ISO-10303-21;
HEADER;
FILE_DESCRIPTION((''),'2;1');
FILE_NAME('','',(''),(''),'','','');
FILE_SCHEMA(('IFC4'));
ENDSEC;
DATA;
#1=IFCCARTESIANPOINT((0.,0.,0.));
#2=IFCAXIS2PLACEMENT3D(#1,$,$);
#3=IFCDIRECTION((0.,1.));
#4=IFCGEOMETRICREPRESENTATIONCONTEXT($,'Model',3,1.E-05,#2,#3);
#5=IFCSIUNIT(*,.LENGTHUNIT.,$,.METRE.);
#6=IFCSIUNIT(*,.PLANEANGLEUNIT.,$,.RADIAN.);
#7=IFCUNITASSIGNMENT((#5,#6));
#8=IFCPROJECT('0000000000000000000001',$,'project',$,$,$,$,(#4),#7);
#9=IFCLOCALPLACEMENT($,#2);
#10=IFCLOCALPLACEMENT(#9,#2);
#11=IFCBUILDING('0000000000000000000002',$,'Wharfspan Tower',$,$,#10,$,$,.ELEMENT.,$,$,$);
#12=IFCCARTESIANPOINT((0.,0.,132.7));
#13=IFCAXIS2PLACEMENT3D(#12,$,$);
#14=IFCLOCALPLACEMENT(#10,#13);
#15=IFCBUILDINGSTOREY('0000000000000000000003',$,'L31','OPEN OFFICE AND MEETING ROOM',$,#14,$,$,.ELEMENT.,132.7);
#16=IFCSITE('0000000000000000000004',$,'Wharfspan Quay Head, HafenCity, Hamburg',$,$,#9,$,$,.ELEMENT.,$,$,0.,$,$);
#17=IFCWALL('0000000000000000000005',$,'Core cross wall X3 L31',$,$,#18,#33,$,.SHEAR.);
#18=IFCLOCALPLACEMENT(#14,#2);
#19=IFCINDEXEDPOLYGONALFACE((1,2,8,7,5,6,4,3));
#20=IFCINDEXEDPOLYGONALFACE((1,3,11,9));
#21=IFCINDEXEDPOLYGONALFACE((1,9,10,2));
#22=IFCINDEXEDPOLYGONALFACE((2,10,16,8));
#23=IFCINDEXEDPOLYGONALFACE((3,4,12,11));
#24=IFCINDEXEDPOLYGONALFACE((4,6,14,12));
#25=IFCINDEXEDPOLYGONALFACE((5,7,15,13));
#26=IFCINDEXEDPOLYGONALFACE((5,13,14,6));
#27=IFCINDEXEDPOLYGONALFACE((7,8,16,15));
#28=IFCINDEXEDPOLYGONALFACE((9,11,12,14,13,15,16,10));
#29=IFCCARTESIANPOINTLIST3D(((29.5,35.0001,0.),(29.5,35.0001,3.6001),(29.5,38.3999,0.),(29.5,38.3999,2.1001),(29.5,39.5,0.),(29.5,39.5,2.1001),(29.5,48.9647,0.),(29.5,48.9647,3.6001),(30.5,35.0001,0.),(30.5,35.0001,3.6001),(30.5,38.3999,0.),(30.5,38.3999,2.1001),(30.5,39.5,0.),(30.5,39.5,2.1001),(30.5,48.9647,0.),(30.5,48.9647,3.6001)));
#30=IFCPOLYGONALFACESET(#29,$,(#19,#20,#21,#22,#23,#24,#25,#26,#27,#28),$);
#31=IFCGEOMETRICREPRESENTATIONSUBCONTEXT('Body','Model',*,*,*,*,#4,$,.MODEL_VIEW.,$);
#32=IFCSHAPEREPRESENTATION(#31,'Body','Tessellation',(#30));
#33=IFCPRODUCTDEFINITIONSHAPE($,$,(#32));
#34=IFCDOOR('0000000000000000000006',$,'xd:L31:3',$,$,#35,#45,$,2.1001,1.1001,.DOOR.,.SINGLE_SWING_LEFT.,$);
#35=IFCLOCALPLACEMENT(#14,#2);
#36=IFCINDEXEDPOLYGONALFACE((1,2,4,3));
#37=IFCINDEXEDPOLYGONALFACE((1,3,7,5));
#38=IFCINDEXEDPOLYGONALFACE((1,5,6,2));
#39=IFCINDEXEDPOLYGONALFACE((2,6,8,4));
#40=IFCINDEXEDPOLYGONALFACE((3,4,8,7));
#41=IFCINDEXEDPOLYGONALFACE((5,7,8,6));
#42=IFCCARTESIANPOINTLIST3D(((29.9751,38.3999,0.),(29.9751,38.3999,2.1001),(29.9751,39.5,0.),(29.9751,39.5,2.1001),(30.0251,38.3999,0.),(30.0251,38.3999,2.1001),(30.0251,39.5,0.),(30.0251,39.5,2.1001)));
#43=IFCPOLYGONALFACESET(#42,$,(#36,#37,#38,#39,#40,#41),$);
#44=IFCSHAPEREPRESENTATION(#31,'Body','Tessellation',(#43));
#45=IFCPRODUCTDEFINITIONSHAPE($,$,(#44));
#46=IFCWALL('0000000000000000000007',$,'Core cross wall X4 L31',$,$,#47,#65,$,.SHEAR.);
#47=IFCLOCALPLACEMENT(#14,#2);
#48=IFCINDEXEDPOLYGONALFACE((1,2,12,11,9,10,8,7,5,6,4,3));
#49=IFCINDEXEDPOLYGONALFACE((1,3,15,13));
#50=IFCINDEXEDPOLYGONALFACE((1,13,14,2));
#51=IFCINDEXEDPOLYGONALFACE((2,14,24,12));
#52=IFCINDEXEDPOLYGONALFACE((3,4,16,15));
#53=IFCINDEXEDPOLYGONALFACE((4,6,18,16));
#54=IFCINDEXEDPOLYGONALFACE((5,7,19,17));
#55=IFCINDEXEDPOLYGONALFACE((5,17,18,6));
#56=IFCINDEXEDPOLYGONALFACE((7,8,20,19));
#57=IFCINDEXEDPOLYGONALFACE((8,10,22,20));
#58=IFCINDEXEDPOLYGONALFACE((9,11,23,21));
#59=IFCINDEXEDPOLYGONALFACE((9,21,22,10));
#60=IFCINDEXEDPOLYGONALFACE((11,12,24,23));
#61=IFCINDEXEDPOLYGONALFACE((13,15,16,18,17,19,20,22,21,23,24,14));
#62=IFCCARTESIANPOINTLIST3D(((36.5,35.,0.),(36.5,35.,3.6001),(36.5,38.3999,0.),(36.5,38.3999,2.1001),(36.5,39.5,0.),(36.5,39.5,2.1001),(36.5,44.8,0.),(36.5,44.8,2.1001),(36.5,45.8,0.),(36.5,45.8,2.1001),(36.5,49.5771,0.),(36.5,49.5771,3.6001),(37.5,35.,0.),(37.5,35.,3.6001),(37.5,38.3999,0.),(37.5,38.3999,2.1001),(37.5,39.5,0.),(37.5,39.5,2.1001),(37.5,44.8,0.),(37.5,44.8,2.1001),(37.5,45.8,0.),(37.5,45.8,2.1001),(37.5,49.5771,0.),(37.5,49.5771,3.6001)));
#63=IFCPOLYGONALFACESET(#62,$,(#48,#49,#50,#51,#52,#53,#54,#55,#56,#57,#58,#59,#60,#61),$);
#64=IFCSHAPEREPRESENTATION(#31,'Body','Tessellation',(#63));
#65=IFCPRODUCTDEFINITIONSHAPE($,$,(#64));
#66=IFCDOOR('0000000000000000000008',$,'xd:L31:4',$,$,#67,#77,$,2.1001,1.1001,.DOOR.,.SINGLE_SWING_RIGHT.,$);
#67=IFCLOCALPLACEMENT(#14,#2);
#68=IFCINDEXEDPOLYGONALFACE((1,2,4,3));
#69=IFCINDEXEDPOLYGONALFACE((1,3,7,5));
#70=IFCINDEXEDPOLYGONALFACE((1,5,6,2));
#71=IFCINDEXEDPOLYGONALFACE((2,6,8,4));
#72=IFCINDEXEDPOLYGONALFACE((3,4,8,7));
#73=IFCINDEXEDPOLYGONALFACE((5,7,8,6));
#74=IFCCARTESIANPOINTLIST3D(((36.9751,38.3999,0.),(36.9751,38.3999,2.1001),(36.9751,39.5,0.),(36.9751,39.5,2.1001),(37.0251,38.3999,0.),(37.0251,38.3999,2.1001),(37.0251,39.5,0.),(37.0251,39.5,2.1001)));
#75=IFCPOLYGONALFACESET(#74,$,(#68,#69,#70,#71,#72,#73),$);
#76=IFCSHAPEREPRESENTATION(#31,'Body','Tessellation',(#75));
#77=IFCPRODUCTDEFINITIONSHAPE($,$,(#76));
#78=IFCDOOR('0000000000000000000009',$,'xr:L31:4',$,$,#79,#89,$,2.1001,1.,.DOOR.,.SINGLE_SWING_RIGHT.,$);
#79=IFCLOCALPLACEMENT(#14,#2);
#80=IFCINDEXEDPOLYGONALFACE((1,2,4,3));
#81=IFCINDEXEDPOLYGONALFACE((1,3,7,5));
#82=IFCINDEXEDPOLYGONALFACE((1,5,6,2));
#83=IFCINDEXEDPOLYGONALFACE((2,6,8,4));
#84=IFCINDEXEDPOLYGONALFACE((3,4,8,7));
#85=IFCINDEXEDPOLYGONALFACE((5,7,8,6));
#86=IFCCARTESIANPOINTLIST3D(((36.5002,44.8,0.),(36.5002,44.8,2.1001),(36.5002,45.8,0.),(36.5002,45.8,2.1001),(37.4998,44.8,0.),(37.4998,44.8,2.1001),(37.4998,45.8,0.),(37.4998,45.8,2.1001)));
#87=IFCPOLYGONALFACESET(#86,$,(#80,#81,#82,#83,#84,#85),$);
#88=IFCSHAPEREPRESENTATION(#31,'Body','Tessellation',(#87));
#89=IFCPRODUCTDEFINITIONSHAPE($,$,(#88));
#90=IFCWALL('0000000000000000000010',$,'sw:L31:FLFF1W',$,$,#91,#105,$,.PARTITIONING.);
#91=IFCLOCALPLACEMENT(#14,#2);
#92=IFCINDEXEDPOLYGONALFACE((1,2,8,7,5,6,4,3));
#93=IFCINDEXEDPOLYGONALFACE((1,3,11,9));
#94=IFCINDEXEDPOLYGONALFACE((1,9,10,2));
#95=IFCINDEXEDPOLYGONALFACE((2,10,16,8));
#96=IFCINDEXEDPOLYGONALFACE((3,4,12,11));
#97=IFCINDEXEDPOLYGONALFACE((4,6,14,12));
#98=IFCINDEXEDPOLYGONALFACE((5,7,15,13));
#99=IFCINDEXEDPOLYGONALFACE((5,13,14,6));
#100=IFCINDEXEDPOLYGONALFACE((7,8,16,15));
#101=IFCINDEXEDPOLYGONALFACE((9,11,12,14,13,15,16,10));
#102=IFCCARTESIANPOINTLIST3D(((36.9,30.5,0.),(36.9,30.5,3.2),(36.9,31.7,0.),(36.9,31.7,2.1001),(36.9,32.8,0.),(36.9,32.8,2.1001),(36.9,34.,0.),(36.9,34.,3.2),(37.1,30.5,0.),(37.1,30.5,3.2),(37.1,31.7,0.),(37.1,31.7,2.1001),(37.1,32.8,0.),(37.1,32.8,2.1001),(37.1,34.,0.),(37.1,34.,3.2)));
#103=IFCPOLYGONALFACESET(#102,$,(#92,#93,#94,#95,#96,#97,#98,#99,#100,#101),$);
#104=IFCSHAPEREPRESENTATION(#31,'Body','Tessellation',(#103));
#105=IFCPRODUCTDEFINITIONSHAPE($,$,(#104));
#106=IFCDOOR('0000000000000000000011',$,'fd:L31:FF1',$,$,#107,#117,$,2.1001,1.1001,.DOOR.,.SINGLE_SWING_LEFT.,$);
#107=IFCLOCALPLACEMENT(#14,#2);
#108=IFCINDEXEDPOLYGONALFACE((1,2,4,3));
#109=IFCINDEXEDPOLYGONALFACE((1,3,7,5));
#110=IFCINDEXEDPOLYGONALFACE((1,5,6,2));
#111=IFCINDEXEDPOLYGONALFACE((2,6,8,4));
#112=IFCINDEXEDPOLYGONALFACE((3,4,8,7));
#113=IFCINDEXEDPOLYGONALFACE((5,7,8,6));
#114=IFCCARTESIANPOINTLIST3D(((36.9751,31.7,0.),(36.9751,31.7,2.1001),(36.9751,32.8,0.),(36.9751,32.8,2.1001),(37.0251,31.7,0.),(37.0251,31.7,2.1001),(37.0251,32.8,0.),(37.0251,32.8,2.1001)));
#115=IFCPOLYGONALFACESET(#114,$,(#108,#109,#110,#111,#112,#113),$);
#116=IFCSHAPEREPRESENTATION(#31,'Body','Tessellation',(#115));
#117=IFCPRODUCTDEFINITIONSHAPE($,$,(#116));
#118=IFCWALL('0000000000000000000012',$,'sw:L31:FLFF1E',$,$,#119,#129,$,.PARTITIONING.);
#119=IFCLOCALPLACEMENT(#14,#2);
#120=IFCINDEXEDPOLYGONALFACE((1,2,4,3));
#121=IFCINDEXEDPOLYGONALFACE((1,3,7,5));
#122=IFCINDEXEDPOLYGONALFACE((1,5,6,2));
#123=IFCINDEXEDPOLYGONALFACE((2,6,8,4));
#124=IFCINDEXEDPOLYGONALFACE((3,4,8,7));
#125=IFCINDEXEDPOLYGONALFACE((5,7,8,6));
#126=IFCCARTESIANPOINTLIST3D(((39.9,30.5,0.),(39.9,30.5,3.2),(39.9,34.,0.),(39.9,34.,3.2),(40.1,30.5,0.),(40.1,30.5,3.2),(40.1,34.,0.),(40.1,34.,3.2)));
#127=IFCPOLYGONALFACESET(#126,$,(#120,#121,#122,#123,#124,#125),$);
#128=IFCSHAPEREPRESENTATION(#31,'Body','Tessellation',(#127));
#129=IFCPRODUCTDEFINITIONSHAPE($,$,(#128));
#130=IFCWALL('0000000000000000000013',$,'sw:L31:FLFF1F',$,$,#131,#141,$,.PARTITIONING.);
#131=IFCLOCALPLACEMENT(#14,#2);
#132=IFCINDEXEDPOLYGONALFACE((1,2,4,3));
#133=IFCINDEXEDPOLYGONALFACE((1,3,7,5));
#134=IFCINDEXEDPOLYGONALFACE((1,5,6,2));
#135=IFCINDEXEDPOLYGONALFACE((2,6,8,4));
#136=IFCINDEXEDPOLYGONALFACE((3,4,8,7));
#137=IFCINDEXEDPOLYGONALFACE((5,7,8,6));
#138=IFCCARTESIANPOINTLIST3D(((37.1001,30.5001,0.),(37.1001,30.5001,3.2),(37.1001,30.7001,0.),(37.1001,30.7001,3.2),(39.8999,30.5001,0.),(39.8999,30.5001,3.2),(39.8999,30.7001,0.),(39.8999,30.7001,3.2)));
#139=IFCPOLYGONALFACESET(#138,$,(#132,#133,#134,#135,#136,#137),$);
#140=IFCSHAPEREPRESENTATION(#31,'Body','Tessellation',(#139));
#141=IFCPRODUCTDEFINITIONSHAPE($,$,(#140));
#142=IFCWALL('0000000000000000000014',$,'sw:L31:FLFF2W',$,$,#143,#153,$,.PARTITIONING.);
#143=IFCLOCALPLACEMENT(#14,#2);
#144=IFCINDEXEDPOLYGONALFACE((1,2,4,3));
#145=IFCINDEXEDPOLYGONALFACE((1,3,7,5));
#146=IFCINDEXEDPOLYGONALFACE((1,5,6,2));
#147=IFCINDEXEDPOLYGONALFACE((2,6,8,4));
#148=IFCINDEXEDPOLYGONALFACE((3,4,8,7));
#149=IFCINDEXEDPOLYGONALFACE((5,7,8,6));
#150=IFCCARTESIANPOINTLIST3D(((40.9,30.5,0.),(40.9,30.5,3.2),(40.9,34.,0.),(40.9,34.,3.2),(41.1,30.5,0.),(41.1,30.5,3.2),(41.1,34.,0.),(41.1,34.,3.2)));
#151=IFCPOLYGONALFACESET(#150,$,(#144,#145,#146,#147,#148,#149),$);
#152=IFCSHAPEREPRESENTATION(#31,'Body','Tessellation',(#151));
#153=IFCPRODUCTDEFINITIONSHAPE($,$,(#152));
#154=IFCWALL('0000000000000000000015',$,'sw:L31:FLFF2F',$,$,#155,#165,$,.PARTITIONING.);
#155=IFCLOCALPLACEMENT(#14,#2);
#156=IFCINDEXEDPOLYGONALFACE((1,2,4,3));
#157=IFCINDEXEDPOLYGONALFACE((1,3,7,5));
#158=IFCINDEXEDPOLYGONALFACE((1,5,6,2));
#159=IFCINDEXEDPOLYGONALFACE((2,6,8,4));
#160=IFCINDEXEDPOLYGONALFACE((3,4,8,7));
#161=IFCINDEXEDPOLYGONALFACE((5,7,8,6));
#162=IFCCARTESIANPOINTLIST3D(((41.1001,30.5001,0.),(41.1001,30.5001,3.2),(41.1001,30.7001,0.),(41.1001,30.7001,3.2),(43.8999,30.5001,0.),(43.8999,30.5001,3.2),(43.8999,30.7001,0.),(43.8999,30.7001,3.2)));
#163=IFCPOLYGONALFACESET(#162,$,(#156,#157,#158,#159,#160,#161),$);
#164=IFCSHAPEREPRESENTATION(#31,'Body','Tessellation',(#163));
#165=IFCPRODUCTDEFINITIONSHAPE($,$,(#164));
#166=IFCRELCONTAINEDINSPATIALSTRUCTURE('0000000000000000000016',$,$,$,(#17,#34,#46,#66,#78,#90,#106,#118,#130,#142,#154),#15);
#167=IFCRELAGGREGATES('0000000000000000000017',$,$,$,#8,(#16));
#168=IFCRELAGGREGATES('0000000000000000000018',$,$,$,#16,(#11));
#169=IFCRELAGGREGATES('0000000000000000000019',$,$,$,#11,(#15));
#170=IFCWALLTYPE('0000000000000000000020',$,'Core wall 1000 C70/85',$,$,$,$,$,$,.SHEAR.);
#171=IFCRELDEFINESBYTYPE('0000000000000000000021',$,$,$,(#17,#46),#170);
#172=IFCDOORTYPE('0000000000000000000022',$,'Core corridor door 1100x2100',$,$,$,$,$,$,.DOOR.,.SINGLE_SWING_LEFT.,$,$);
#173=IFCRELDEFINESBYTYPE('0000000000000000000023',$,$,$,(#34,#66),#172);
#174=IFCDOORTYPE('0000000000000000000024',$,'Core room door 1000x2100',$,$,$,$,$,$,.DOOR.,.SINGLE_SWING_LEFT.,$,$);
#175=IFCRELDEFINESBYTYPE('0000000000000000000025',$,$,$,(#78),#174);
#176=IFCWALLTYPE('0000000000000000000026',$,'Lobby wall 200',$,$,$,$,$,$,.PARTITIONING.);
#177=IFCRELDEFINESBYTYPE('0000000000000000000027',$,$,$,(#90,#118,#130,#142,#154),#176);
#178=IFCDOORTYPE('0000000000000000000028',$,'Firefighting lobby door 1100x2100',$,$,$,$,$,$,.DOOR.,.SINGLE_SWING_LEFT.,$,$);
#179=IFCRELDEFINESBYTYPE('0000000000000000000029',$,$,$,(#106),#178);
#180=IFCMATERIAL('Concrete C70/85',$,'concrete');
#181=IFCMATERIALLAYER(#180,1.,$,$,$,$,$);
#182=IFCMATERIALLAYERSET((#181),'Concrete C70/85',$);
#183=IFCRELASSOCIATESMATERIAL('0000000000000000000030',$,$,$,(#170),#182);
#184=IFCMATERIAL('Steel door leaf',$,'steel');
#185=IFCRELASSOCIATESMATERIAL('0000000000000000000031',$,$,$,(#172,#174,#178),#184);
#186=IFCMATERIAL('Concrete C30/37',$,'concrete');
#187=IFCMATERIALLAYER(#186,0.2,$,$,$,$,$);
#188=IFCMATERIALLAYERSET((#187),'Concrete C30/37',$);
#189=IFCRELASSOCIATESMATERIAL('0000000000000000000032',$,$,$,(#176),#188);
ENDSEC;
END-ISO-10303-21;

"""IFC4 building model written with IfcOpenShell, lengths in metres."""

from ifc_helpers import new_model, si_unit, direction, frame, frame_2d, origin, place, context, subcontext, project, spatial, rectangle, extrude, material, layer, layer_set, type_object, element, fill, save


model = new_model("IFC4")

# Units and contexts
model_context = context("Model", 3, precision=1e-05, world=origin(), true_north=direction((0.0, 1.0)))
body_context = subcontext(model_context, "Body", "Model", "MODEL_VIEW")
ifc_project = project(units=[si_unit("LENGTHUNIT", "METRE"), si_unit("PLANEANGLEUNIT", "RADIAN")], contexts=[model_context])

# Site, building, storey
site_placement = place(None, origin())
site = spatial("IfcSite", under=ifc_project, at=site_placement, Name="Wharfspan Quay Head, HafenCity, Hamburg", CompositionType="ELEMENT", RefElevation=0.0)
building_placement = place(site_placement, origin())
building = spatial("IfcBuilding", under=site, at=building_placement, Name="Wharfspan Tower", CompositionType="ELEMENT")
storey_placement = place(building_placement, frame((0.0, 0.0, 132.7)))
storey = spatial("IfcBuildingStorey", under=building, at=storey_placement, Name="L31", Description="OPEN OFFICE AND MEETING ROOM", CompositionType="ELEMENT", Elevation=132.7)

# Shared definitions
ifc_material_1 = material(Name="Concrete C70/85", Category="concrete")
ifc_layer_1 = layer(ifc_material_1, 1.0)
ifc_layer_set_1 = layer_set([ifc_layer_1], Name="Concrete C70/85")
wall_type_1 = type_object("IfcWallType", Name="Core wall 1000 C70/85", PredefinedType="SHEAR", material=ifc_layer_set_1)
ifc_material_2 = material(Name="Steel door leaf", Category="steel")
door_type_1 = type_object("IfcDoorType", Name="Core corridor door 1100x2100", OperationType="SINGLE_SWING_LEFT", PredefinedType="DOOR", material=ifc_material_2)
door_type_2 = type_object("IfcDoorType", Name="Core room door 1000x2100", OperationType="SINGLE_SWING_LEFT", PredefinedType="DOOR", material=ifc_material_2)

# Wall, opening, door
wall_1_placement = place(storey_placement, frame((30.0, 35.0, 0.0), z_axis=(0.0, 0.0, 1.0), x_axis=(0.0, 1.0, 0.0)))
wall_1 = element("IfcWall", 1, at=wall_1_placement, inside=storey, type_object=wall_type_1, Name="Core cross wall X3 L31", PredefinedType="SHEAR", context=body_context, shape_type="SweptSolid", body=[
    extrude(rectangle(XDim=13.9646, YDim=1.0, at=frame_2d((6.9824, 0.0))), origin(), (0.0, 0.0, 1.0), 3.6001),
])
opening_1_placement = place(wall_1_placement, frame((3.3999, 0.0, 0.0)))
opening_1 = element("IfcOpeningElement", 2, at=opening_1_placement, cuts=wall_1, PredefinedType="OPENING", context=body_context, shape_type="SweptSolid", body=[
    extrude(rectangle(XDim=1.1001, YDim=2.1001, at=frame_2d((0.55, 1.05))), frame((0.0, 0.51, 0.0), z_axis=(0.0, -1.0, 0.0), x_axis=(1.0, 0.0, 0.0)), (0.0, 0.0, 1.0), 1.02),
])
door_1_placement = place(opening_1_placement, origin())
door_1 = element("IfcDoor", 3, at=door_1_placement, inside=storey, type_object=door_type_1, Name="xd:L31:3", OperationType="SINGLE_SWING_LEFT", OverallHeight=2.1001, OverallWidth=1.1001, PredefinedType="DOOR", context=body_context, shape_type="SweptSolid", body=[
    extrude(rectangle(XDim=1.1001, YDim=2.1001, at=frame_2d((0.55, 1.05))), frame((0.0, 0.0249, 0.0), z_axis=(0.0, -1.0, 0.0), x_axis=(1.0, 0.0, 0.0)), (0.0, 0.0, 1.0), 0.05),
])
fill(opening_1, door_1)

# Wall, openings, doors
wall_2_placement = place(storey_placement, frame((37.0, 35.0, 0.0), z_axis=(0.0, 0.0, 1.0), x_axis=(0.0, 1.0, 0.0)))
wall_2 = element("IfcWall", 4, at=wall_2_placement, inside=storey, type_object=wall_type_1, Name="Core cross wall X4 L31", PredefinedType="SHEAR", context=body_context, shape_type="SweptSolid", body=[
    extrude(rectangle(XDim=14.5771, YDim=1.0, at=frame_2d((7.2886, 0.0))), origin(), (0.0, 0.0, 1.0), 3.6001),
])
opening_2_placement = place(wall_2_placement, frame((3.3999, 0.0, 0.0)))
opening_2 = element("IfcOpeningElement", 5, at=opening_2_placement, cuts=wall_2, PredefinedType="OPENING", context=body_context, shape_type="SweptSolid", body=[
    extrude(rectangle(XDim=1.1001, YDim=2.1001, at=frame_2d((0.55, 1.05))), frame((0.0, 0.51, 0.0), z_axis=(0.0, -1.0, 0.0), x_axis=(1.0, 0.0, 0.0)), (0.0, 0.0, 1.0), 1.02),
])
opening_3_placement = place(wall_2_placement, frame((9.8, 0.0, 0.0)))
opening_3 = element("IfcOpeningElement", 6, at=opening_3_placement, cuts=wall_2, PredefinedType="OPENING", context=body_context, shape_type="SweptSolid", body=[
    extrude(rectangle(XDim=1.0, YDim=2.1001, at=frame_2d((0.5, 1.05))), frame((0.0, 0.51, 0.0), z_axis=(0.0, -1.0, 0.0), x_axis=(1.0, 0.0, 0.0)), (0.0, 0.0, 1.0), 1.02),
])
door_2_placement = place(opening_2_placement, origin())
door_2 = element("IfcDoor", 7, at=door_2_placement, inside=storey, type_object=door_type_1, Name="xd:L31:4", OperationType="SINGLE_SWING_RIGHT", OverallHeight=2.1001, OverallWidth=1.1001, PredefinedType="DOOR", context=body_context, shape_type="SweptSolid", body=[
    extrude(rectangle(XDim=1.1001, YDim=2.1001, at=frame_2d((0.55, 1.05))), frame((0.0, 0.0249, 0.0), z_axis=(0.0, -1.0, 0.0), x_axis=(1.0, 0.0, 0.0)), (0.0, 0.0, 1.0), 0.05),
])
fill(opening_2, door_2)
door_3_placement = place(opening_3_placement, origin())
door_3 = element("IfcDoor", 8, at=door_3_placement, inside=storey, type_object=door_type_2, Name="xr:L31:4", OperationType="SINGLE_SWING_RIGHT", OverallHeight=2.1001, OverallWidth=1.0, PredefinedType="DOOR", context=body_context, shape_type="SweptSolid", body=[
    extrude(rectangle(XDim=1.0, YDim=2.1001, at=frame_2d((0.5, 1.05))), frame((0.0, 0.4998, 0.0), z_axis=(0.0, -1.0, 0.0), x_axis=(1.0, 0.0, 0.0)), (0.0, 0.0, 1.0), 0.9995),
])
fill(opening_3, door_3)

# Wall, opening, door
ifc_material_3 = material(Name="Concrete C30/37", Category="concrete")
ifc_layer_2 = layer(ifc_material_3, 0.2)
ifc_layer_set_2 = layer_set([ifc_layer_2], Name="Concrete C30/37")
wall_type_2 = type_object("IfcWallType", Name="Lobby wall 200", PredefinedType="PARTITIONING", material=ifc_layer_set_2)
wall_3_placement = place(storey_placement, frame((37.0, 30.5, 0.0), z_axis=(0.0, 0.0, 1.0), x_axis=(0.0, 1.0, 0.0)))
wall_3 = element("IfcWall", 9, at=wall_3_placement, inside=storey, type_object=wall_type_2, Name="sw:L31:FLFF1W", PredefinedType="PARTITIONING", context=body_context, shape_type="SweptSolid", body=[
    extrude(rectangle(XDim=3.5, YDim=0.2, at=frame_2d((1.75, 0.0))), origin(), (0.0, 0.0, 1.0), 3.2),
])
opening_4_placement = place(wall_3_placement, frame((1.2, 0.0, 0.0)))
opening_4 = element("IfcOpeningElement", 10, at=opening_4_placement, cuts=wall_3, PredefinedType="OPENING", context=body_context, shape_type="SweptSolid", body=[
    extrude(rectangle(XDim=1.1001, YDim=2.1001, at=frame_2d((0.55, 1.05))), frame((0.0, 0.1099, 0.0), z_axis=(0.0, -1.0, 0.0), x_axis=(1.0, 0.0, 0.0)), (0.0, 0.0, 1.0), 0.22),
])
door_type_3 = type_object("IfcDoorType", Name="Firefighting lobby door 1100x2100", OperationType="SINGLE_SWING_LEFT", PredefinedType="DOOR", material=ifc_material_2)
door_4_placement = place(opening_4_placement, origin())
door_4 = element("IfcDoor", 11, at=door_4_placement, inside=storey, type_object=door_type_3, Name="fd:L31:FF1", OperationType="SINGLE_SWING_LEFT", OverallHeight=2.1001, OverallWidth=1.1001, PredefinedType="DOOR", context=body_context, shape_type="SweptSolid", body=[
    extrude(rectangle(XDim=1.1001, YDim=2.1001, at=frame_2d((0.55, 1.05))), frame((0.0, 0.0249, 0.0), z_axis=(0.0, -1.0, 0.0), x_axis=(1.0, 0.0, 0.0)), (0.0, 0.0, 1.0), 0.05),
])
fill(opening_4, door_4)

# Walls
wall_4_placement = place(storey_placement, frame((40.0, 30.5, 0.0), z_axis=(0.0, 0.0, 1.0), x_axis=(0.0, 1.0, 0.0)))
element("IfcWall", 12, at=wall_4_placement, inside=storey, type_object=wall_type_2, Name="sw:L31:FLFF1E", PredefinedType="PARTITIONING", context=body_context, shape_type="SweptSolid", body=[
    extrude(rectangle(XDim=3.5, YDim=0.2, at=frame_2d((1.75, 0.0))), origin(), (0.0, 0.0, 1.0), 3.2),
])
wall_5_placement = place(storey_placement, frame((37.1001, 30.6001, 0.0), z_axis=(0.0, 0.0, 1.0), x_axis=(1.0, 0.0, 0.0)))
element("IfcWall", 13, at=wall_5_placement, inside=storey, type_object=wall_type_2, Name="sw:L31:FLFF1F", PredefinedType="PARTITIONING", context=body_context, shape_type="SweptSolid", body=[
    extrude(rectangle(XDim=2.7998, YDim=0.2, at=frame_2d((1.3999, 0.0))), origin(), (0.0, 0.0, 1.0), 3.2),
])
wall_6_placement = place(storey_placement, frame((41.0, 30.5, 0.0), z_axis=(0.0, 0.0, 1.0), x_axis=(0.0, 1.0, 0.0)))
element("IfcWall", 14, at=wall_6_placement, inside=storey, type_object=wall_type_2, Name="sw:L31:FLFF2W", PredefinedType="PARTITIONING", context=body_context, shape_type="SweptSolid", body=[
    extrude(rectangle(XDim=3.5, YDim=0.2, at=frame_2d((1.75, 0.0))), origin(), (0.0, 0.0, 1.0), 3.2),
])
wall_7_placement = place(storey_placement, frame((41.1001, 30.6001, 0.0), z_axis=(0.0, 0.0, 1.0), x_axis=(1.0, 0.0, 0.0)))
element("IfcWall", 15, at=wall_7_placement, inside=storey, type_object=wall_type_2, Name="sw:L31:FLFF2F", PredefinedType="PARTITIONING", context=body_context, shape_type="SweptSolid", body=[
    extrude(rectangle(XDim=2.7998, YDim=0.2, at=frame_2d((1.3999, 0.0))), origin(), (0.0, 0.0, 1.0), 3.2),
])

save(model, "model.ifc")
